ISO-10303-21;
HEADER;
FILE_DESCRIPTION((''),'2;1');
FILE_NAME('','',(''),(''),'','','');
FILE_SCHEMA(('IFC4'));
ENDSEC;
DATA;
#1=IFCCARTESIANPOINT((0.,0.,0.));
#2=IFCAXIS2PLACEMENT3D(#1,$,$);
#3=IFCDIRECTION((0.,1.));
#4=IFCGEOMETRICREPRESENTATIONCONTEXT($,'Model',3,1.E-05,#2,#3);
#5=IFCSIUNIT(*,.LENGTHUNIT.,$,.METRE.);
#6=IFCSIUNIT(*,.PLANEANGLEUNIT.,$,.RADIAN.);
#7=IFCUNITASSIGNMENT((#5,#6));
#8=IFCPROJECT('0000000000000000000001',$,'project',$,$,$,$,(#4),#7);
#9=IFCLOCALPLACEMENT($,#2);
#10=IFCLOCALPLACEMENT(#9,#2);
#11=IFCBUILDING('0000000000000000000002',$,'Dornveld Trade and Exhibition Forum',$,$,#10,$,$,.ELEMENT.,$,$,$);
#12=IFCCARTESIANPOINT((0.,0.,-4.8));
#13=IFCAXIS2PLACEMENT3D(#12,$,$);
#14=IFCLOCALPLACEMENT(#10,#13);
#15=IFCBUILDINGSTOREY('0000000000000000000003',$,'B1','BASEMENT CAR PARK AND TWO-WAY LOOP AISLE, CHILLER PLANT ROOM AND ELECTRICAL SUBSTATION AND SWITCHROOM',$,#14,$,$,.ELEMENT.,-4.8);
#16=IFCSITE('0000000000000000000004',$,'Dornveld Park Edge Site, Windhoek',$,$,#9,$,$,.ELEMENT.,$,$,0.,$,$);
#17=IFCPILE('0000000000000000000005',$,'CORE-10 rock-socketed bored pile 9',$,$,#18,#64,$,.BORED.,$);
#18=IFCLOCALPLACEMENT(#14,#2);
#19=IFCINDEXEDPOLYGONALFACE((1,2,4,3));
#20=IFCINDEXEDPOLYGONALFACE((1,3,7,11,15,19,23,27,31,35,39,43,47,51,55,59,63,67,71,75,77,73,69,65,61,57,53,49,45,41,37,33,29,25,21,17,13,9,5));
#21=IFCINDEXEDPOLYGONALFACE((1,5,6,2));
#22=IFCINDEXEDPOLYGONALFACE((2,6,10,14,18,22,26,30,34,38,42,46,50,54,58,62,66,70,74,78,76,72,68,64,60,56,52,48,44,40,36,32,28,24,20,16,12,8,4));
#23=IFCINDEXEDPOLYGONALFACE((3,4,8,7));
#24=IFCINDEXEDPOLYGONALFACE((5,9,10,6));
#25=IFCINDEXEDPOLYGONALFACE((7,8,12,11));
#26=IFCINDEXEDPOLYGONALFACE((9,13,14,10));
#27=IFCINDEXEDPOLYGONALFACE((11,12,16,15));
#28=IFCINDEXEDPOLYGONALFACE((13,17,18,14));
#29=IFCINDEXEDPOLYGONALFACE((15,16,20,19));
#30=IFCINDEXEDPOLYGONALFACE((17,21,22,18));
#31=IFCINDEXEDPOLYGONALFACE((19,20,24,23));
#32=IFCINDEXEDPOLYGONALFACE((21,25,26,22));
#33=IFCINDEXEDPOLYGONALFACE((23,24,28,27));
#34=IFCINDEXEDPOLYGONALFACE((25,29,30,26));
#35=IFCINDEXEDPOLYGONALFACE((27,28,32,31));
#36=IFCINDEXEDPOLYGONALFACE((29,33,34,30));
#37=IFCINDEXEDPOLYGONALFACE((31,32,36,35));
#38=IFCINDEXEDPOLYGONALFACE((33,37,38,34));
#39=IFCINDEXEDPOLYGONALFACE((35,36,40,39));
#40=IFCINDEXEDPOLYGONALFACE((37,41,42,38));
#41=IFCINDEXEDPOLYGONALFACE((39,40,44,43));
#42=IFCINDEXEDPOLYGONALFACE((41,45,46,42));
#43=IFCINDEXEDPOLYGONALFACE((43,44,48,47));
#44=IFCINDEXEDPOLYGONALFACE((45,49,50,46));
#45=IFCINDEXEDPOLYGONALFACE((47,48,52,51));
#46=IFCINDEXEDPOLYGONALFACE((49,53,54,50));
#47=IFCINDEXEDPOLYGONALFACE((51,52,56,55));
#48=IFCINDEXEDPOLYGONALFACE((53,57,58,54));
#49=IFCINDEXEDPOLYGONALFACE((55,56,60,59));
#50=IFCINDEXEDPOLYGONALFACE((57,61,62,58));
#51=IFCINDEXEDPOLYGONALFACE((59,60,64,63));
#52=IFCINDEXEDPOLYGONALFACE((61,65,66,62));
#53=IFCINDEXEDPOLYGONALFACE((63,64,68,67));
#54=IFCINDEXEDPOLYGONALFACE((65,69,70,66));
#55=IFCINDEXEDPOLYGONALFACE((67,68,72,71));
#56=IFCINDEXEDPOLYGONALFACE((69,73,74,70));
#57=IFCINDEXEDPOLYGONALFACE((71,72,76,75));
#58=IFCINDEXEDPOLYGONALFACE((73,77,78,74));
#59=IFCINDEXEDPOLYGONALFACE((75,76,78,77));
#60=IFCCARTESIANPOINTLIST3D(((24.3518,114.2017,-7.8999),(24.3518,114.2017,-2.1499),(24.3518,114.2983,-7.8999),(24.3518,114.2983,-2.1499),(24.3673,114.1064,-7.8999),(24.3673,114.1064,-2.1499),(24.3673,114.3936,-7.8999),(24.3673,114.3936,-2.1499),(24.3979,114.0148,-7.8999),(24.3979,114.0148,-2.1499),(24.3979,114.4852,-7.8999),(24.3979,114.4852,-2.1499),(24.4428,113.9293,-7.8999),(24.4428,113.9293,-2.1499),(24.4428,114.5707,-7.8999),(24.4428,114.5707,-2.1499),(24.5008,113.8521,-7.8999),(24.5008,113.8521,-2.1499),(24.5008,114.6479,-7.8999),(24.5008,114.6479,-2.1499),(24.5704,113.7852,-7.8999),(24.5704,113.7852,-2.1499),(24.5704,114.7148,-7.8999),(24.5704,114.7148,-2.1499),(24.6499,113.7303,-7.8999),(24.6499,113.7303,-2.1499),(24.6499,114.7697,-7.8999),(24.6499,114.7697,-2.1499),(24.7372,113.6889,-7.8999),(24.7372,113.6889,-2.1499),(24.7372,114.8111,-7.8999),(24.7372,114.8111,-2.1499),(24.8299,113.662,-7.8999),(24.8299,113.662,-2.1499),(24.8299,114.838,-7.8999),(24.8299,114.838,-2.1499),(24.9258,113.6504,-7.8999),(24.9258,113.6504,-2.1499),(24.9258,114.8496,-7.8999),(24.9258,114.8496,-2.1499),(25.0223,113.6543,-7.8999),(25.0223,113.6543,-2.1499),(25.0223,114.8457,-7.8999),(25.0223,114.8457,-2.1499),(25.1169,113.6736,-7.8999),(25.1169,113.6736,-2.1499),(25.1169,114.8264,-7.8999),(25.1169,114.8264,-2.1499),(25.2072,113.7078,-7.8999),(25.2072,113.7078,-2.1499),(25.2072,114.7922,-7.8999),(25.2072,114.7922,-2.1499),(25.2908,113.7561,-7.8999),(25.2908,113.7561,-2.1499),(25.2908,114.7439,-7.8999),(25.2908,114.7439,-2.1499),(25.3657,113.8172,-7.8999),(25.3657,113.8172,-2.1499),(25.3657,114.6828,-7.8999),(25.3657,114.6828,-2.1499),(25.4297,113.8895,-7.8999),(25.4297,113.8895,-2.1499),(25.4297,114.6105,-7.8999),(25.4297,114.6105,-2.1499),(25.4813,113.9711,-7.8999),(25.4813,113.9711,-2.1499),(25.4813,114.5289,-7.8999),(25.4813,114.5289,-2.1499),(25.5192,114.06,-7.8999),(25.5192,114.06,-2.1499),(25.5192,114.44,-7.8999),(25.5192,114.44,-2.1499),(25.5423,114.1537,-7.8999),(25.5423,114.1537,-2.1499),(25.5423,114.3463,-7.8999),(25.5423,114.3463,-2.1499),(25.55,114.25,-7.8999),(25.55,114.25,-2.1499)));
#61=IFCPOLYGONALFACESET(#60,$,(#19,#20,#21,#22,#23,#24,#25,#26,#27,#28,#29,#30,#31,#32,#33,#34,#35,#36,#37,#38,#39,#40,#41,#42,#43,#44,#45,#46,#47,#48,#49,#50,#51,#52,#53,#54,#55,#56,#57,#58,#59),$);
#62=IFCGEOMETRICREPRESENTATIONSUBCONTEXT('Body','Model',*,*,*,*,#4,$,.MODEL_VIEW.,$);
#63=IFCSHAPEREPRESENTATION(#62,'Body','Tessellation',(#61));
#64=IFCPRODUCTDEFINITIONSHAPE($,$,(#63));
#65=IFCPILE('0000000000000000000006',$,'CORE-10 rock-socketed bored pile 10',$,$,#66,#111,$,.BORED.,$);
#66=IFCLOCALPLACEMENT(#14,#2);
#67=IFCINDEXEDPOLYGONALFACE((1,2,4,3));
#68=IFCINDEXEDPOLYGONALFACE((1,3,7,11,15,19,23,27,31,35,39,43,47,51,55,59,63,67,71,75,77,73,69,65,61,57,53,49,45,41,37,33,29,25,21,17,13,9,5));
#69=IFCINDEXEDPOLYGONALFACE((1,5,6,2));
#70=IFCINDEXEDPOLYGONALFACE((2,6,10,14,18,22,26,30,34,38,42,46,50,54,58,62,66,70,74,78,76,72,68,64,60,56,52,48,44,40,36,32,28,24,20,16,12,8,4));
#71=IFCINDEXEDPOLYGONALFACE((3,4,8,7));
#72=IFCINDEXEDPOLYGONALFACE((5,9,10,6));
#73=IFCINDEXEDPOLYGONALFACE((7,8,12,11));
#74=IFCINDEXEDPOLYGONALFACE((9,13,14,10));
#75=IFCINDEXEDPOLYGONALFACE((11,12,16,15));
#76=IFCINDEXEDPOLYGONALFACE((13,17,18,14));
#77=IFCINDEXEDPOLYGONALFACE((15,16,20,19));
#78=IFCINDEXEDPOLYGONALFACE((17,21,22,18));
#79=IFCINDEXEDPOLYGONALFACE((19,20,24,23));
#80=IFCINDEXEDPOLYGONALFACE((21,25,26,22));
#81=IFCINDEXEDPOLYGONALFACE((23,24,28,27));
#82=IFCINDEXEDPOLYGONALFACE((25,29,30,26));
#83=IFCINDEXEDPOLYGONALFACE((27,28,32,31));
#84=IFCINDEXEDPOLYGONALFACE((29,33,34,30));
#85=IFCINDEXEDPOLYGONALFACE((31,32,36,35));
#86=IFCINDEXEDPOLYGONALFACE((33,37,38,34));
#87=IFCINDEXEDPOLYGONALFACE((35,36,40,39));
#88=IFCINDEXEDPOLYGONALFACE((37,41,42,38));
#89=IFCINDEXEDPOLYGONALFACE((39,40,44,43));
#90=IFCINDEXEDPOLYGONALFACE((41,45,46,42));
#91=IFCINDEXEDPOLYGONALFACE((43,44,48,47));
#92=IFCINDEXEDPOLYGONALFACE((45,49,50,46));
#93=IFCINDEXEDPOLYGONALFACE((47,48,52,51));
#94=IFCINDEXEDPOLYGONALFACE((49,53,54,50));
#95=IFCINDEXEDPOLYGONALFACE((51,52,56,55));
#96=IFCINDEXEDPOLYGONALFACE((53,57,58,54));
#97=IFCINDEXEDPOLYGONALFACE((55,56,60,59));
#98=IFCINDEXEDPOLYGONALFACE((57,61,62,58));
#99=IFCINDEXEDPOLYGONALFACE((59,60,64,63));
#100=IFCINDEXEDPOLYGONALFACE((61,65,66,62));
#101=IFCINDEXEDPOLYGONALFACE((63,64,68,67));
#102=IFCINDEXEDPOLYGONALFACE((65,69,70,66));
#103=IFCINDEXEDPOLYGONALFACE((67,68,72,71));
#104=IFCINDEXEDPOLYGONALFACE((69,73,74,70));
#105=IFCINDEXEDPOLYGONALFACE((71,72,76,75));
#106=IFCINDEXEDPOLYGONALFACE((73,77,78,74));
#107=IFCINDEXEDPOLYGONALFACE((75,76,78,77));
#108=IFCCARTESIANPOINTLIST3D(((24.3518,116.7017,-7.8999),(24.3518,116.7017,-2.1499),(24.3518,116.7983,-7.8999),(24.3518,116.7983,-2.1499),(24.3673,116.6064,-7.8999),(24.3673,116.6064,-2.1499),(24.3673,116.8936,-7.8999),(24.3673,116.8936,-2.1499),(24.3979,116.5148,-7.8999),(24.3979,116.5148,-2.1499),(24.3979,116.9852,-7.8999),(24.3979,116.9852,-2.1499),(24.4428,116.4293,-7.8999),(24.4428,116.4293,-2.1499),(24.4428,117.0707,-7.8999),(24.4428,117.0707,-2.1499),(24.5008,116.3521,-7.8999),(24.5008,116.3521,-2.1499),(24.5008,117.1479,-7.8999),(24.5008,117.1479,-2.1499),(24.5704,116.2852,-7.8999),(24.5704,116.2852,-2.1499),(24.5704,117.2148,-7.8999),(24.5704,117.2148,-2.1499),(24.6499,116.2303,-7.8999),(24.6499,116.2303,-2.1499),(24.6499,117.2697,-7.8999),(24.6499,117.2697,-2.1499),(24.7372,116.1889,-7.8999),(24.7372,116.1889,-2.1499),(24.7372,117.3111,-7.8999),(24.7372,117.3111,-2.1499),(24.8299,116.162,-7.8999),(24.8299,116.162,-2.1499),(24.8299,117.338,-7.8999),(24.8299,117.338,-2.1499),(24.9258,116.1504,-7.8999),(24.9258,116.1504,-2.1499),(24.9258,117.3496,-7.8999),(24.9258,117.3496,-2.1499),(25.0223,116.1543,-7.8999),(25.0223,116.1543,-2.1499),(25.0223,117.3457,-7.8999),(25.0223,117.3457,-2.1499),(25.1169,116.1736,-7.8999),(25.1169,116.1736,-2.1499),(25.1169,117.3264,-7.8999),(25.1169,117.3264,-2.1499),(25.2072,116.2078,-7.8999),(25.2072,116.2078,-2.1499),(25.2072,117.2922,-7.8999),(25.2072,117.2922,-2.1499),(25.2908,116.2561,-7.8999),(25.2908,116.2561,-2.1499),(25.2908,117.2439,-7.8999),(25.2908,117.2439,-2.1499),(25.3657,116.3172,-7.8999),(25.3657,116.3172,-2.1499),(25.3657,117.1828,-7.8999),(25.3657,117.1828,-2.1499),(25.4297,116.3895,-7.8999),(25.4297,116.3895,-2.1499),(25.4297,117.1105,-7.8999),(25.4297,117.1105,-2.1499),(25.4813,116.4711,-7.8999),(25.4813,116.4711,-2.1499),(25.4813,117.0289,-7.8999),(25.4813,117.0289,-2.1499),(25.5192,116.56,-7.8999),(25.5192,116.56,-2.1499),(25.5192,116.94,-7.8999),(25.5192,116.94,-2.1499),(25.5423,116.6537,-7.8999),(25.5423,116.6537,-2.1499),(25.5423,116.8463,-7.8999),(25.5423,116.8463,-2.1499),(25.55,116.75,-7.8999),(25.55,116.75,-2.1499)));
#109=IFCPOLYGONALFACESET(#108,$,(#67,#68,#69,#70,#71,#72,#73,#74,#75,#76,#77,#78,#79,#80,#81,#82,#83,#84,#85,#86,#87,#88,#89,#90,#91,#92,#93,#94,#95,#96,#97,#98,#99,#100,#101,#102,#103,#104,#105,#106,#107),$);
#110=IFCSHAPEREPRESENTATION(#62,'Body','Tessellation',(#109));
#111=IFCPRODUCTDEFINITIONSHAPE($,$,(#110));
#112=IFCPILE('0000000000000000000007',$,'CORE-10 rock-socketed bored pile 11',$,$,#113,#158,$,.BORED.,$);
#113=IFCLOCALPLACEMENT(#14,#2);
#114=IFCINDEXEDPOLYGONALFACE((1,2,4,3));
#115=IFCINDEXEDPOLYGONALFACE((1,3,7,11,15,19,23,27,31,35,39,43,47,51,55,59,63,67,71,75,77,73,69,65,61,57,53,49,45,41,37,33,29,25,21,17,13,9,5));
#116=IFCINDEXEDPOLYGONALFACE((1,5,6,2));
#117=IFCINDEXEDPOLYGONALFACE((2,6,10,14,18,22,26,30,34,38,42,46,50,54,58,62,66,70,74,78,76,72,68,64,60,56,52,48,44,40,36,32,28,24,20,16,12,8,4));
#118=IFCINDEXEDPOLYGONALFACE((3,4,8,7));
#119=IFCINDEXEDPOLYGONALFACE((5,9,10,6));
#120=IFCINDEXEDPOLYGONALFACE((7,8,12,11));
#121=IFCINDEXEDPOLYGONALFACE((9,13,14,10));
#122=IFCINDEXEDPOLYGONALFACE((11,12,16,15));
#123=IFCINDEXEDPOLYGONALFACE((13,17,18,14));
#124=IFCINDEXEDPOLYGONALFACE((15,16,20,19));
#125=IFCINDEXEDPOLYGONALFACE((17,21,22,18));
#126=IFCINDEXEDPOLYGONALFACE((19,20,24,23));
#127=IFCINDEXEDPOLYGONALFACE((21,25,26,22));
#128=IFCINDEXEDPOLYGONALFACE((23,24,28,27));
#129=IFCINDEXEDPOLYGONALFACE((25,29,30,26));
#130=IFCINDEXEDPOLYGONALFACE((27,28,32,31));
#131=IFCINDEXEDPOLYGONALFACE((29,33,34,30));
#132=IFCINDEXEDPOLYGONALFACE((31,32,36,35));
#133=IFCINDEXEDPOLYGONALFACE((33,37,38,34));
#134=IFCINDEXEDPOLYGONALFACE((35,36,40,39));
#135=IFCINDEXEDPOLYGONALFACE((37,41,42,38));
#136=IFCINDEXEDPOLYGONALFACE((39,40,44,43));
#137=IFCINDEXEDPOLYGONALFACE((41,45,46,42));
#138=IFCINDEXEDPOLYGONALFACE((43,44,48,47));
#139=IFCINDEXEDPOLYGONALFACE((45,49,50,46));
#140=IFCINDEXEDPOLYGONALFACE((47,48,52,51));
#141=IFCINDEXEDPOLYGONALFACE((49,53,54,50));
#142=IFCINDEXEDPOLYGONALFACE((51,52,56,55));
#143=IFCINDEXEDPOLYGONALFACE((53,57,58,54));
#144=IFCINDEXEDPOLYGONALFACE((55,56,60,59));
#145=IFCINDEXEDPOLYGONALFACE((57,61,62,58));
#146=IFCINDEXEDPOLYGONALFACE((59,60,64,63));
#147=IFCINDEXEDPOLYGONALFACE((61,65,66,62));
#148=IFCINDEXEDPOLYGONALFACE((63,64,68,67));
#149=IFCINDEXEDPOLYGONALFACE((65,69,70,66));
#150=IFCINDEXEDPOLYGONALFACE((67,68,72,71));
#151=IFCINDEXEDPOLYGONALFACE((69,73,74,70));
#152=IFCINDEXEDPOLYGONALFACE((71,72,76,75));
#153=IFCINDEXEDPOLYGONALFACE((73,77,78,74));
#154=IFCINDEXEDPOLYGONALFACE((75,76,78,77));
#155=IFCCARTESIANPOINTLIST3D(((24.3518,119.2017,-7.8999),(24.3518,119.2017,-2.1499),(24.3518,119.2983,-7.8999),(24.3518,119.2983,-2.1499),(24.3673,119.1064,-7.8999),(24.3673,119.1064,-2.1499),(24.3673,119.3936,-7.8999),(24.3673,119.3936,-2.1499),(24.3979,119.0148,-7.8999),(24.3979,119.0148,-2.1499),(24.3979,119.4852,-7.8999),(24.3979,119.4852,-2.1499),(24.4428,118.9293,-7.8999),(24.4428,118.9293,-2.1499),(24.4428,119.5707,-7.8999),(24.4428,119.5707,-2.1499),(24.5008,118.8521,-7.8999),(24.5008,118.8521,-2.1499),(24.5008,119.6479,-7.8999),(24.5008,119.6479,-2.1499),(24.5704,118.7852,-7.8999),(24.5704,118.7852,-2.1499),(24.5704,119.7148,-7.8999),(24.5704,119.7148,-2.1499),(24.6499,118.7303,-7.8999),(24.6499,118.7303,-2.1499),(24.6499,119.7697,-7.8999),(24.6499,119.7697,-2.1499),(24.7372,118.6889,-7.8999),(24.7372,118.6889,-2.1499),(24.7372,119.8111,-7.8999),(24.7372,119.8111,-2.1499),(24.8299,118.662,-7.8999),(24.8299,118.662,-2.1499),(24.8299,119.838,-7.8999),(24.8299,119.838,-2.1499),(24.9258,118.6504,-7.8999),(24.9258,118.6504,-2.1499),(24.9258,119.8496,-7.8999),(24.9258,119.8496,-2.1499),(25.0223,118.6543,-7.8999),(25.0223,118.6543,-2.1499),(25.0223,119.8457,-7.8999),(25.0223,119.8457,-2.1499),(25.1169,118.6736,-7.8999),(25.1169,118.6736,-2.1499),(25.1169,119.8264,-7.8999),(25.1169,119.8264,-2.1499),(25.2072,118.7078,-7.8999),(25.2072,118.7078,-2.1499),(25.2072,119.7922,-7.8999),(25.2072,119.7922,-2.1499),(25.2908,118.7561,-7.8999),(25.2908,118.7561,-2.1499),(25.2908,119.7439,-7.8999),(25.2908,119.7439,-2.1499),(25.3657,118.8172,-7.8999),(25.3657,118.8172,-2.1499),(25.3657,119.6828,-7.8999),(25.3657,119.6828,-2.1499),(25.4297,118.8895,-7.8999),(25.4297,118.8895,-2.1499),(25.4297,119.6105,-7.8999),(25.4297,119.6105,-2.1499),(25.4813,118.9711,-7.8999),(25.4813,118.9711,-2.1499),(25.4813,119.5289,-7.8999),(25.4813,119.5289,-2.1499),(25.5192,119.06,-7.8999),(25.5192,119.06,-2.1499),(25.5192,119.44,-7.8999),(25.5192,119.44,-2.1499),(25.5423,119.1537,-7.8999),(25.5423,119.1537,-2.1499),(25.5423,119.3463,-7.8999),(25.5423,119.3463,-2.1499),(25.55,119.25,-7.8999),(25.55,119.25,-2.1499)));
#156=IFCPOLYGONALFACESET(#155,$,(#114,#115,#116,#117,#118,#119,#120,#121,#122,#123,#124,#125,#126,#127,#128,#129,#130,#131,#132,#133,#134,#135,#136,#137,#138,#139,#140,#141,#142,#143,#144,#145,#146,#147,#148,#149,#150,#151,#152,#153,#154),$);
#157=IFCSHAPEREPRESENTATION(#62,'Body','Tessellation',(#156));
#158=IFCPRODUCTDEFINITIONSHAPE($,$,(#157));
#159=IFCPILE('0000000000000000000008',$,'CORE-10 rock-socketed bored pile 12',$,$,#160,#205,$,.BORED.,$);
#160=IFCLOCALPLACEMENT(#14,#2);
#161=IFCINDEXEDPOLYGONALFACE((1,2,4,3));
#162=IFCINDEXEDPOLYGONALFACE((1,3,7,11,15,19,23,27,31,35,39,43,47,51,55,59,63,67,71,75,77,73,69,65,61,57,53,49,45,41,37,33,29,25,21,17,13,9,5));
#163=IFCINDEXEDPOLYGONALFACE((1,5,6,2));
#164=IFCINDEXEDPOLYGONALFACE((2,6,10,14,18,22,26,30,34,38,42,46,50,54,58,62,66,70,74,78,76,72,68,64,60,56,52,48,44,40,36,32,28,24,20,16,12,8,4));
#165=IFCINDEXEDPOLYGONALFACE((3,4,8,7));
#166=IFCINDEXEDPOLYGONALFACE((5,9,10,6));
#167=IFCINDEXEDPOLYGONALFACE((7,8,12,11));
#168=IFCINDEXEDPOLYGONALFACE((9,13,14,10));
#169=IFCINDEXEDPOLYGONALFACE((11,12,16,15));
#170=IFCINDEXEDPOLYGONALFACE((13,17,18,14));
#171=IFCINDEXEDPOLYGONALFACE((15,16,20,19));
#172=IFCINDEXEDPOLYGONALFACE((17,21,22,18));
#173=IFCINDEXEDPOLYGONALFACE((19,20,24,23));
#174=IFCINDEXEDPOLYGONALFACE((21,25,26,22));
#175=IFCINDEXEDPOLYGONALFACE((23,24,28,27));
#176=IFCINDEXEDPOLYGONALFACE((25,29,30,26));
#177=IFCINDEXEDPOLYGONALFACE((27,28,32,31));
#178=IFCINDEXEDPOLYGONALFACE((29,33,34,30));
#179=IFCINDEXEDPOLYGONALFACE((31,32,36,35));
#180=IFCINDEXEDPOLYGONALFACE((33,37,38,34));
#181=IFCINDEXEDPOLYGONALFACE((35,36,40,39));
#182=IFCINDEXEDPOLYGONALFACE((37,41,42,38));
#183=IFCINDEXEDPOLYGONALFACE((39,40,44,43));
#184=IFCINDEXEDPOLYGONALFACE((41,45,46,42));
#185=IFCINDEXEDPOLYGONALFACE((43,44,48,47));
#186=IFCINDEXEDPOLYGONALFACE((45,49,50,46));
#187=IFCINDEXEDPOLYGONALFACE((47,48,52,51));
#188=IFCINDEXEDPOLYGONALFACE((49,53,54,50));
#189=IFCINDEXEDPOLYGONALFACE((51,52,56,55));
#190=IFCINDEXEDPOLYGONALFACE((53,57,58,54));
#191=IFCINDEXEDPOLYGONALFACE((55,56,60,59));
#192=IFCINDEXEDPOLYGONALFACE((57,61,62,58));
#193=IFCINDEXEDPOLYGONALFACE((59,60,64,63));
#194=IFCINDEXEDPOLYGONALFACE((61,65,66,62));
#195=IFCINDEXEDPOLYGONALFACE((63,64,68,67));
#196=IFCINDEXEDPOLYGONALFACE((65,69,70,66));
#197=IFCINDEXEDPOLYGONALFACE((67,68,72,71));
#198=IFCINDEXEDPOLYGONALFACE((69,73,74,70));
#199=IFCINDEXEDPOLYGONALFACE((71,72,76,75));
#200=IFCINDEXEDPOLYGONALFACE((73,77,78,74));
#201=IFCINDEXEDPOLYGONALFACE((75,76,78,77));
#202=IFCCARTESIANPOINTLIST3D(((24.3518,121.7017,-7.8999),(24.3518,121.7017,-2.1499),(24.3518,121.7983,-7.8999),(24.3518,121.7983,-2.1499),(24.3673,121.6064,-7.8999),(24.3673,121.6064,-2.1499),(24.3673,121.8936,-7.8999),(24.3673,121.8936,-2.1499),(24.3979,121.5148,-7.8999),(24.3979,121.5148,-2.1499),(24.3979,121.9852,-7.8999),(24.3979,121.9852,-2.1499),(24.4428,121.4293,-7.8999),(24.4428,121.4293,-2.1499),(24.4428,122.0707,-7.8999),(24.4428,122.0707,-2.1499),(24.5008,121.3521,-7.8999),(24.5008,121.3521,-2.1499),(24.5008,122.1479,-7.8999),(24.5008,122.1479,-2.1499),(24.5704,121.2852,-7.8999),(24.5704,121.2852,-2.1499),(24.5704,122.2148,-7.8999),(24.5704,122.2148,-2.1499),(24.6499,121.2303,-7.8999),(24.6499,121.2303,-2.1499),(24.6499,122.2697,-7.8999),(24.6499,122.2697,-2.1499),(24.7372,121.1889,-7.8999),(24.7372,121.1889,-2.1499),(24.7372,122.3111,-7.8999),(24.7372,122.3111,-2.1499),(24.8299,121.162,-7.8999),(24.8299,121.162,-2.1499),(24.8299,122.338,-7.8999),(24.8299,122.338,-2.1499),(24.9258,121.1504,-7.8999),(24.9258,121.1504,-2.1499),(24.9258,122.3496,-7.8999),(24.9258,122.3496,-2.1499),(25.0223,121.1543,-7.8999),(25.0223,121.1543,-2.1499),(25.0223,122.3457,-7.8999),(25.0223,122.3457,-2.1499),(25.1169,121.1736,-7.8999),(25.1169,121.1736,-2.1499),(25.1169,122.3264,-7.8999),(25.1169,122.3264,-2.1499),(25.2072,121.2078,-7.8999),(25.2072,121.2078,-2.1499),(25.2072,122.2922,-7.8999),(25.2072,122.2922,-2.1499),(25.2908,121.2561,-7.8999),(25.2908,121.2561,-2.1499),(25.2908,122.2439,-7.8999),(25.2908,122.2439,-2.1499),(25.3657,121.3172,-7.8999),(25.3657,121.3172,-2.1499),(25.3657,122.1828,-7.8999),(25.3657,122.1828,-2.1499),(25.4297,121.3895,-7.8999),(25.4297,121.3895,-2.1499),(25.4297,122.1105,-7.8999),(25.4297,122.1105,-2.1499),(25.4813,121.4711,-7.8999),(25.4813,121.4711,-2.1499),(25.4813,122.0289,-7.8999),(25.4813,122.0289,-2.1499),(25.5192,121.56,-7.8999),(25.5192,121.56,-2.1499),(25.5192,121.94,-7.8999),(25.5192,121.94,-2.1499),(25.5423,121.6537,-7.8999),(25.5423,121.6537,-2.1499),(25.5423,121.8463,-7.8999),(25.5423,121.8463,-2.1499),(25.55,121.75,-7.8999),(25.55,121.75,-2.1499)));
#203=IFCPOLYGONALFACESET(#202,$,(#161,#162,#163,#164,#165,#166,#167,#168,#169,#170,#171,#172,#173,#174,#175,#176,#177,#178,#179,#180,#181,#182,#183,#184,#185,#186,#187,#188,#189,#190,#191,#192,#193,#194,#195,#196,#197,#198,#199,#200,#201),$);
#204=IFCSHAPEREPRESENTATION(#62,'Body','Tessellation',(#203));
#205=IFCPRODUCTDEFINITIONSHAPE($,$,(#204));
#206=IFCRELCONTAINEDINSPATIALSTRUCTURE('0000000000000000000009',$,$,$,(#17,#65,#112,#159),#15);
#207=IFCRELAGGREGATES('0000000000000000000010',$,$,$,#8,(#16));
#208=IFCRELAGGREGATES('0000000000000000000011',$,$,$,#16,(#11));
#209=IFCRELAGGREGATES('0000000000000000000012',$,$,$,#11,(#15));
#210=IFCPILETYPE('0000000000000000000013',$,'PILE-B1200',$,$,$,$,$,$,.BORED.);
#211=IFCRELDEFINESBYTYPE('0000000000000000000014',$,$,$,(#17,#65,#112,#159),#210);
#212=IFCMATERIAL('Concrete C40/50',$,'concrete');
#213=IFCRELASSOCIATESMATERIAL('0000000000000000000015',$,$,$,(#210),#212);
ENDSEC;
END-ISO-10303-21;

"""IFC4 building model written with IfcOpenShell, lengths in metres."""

from ifc_helpers import new_model, si_unit, direction, frame, origin, origin_2d, place, context, subcontext, project, spatial, circle, extrude, material, material_profile, profile_set, type_object, element, save


model = new_model("IFC4")

# Units and contexts
model_context = context("Model", 3, precision=1e-05, world=origin(), true_north=direction((0.0, 1.0)))
body_context = subcontext(model_context, "Body", "Model", "MODEL_VIEW")
ifc_project = project(units=[si_unit("LENGTHUNIT", "METRE"), si_unit("PLANEANGLEUNIT", "RADIAN")], contexts=[model_context])

# Site, building, storey
site_placement = place(None, origin())
site = spatial("IfcSite", under=ifc_project, at=site_placement, Name="Dornveld Park Edge Site, Windhoek", CompositionType="ELEMENT", RefElevation=0.0)
building_placement = place(site_placement, origin())
building = spatial("IfcBuilding", under=site, at=building_placement, Name="Dornveld Trade and Exhibition Forum", CompositionType="ELEMENT")
storey_placement = place(building_placement, frame((0.0, 0.0, -4.8)))
storey = spatial("IfcBuildingStorey", under=building, at=storey_placement, Name="B1", Description="BASEMENT CAR PARK AND TWO-WAY LOOP AISLE, CHILLER PLANT ROOM AND ELECTRICAL SUBSTATION AND SWITCHROOM", CompositionType="ELEMENT", Elevation=-4.8)

# Piles
ifc_material_1 = material(Name="Concrete C40/50", Category="concrete")
ifc_material_profile_1 = material_profile(ifc_material_1, circle(Radius=0.6001, at=origin_2d()), Name="PILE D1200")
ifc_profile_set_1 = profile_set([ifc_material_profile_1], Name="Concrete C40/50")
pile_type_1 = type_object("IfcPileType", Name="PILE-B1200", PredefinedType="BORED", material=ifc_profile_set_1)
for number, where, z_axis, x_axis, name in (
    (1, (24.95, 114.25, -2.1499), (0.0, 0.0, -1.0), (1.0, 0.0, 0.0), "CORE-10 rock-socketed bored pile 9"),
    (2, (24.95, 116.75, -2.1499), (0.0, 0.0, -1.0), (1.0, 0.0, 0.0), "CORE-10 rock-socketed bored pile 10"),
    (3, (24.95, 119.25, -2.1499), (0.0, 0.0, -1.0), (1.0, 0.0, 0.0), "CORE-10 rock-socketed bored pile 11"),
    (4, (24.95, 121.75, -2.1499), (0.0, 0.0, -1.0), (1.0, 0.0, 0.0), "CORE-10 rock-socketed bored pile 12"),
):
    element("IfcPile", number, at=place(storey_placement, frame(where, z_axis=z_axis, x_axis=x_axis)), inside=storey, type_object=pile_type_1, Name=name, PredefinedType="BORED", context=body_context, shape_type="SweptSolid", body=[
        extrude(circle(Radius=0.6001, at=origin_2d()), origin(), (0.0, 0.0, 1.0), 5.75),
    ])

save(model, "model.ifc")
